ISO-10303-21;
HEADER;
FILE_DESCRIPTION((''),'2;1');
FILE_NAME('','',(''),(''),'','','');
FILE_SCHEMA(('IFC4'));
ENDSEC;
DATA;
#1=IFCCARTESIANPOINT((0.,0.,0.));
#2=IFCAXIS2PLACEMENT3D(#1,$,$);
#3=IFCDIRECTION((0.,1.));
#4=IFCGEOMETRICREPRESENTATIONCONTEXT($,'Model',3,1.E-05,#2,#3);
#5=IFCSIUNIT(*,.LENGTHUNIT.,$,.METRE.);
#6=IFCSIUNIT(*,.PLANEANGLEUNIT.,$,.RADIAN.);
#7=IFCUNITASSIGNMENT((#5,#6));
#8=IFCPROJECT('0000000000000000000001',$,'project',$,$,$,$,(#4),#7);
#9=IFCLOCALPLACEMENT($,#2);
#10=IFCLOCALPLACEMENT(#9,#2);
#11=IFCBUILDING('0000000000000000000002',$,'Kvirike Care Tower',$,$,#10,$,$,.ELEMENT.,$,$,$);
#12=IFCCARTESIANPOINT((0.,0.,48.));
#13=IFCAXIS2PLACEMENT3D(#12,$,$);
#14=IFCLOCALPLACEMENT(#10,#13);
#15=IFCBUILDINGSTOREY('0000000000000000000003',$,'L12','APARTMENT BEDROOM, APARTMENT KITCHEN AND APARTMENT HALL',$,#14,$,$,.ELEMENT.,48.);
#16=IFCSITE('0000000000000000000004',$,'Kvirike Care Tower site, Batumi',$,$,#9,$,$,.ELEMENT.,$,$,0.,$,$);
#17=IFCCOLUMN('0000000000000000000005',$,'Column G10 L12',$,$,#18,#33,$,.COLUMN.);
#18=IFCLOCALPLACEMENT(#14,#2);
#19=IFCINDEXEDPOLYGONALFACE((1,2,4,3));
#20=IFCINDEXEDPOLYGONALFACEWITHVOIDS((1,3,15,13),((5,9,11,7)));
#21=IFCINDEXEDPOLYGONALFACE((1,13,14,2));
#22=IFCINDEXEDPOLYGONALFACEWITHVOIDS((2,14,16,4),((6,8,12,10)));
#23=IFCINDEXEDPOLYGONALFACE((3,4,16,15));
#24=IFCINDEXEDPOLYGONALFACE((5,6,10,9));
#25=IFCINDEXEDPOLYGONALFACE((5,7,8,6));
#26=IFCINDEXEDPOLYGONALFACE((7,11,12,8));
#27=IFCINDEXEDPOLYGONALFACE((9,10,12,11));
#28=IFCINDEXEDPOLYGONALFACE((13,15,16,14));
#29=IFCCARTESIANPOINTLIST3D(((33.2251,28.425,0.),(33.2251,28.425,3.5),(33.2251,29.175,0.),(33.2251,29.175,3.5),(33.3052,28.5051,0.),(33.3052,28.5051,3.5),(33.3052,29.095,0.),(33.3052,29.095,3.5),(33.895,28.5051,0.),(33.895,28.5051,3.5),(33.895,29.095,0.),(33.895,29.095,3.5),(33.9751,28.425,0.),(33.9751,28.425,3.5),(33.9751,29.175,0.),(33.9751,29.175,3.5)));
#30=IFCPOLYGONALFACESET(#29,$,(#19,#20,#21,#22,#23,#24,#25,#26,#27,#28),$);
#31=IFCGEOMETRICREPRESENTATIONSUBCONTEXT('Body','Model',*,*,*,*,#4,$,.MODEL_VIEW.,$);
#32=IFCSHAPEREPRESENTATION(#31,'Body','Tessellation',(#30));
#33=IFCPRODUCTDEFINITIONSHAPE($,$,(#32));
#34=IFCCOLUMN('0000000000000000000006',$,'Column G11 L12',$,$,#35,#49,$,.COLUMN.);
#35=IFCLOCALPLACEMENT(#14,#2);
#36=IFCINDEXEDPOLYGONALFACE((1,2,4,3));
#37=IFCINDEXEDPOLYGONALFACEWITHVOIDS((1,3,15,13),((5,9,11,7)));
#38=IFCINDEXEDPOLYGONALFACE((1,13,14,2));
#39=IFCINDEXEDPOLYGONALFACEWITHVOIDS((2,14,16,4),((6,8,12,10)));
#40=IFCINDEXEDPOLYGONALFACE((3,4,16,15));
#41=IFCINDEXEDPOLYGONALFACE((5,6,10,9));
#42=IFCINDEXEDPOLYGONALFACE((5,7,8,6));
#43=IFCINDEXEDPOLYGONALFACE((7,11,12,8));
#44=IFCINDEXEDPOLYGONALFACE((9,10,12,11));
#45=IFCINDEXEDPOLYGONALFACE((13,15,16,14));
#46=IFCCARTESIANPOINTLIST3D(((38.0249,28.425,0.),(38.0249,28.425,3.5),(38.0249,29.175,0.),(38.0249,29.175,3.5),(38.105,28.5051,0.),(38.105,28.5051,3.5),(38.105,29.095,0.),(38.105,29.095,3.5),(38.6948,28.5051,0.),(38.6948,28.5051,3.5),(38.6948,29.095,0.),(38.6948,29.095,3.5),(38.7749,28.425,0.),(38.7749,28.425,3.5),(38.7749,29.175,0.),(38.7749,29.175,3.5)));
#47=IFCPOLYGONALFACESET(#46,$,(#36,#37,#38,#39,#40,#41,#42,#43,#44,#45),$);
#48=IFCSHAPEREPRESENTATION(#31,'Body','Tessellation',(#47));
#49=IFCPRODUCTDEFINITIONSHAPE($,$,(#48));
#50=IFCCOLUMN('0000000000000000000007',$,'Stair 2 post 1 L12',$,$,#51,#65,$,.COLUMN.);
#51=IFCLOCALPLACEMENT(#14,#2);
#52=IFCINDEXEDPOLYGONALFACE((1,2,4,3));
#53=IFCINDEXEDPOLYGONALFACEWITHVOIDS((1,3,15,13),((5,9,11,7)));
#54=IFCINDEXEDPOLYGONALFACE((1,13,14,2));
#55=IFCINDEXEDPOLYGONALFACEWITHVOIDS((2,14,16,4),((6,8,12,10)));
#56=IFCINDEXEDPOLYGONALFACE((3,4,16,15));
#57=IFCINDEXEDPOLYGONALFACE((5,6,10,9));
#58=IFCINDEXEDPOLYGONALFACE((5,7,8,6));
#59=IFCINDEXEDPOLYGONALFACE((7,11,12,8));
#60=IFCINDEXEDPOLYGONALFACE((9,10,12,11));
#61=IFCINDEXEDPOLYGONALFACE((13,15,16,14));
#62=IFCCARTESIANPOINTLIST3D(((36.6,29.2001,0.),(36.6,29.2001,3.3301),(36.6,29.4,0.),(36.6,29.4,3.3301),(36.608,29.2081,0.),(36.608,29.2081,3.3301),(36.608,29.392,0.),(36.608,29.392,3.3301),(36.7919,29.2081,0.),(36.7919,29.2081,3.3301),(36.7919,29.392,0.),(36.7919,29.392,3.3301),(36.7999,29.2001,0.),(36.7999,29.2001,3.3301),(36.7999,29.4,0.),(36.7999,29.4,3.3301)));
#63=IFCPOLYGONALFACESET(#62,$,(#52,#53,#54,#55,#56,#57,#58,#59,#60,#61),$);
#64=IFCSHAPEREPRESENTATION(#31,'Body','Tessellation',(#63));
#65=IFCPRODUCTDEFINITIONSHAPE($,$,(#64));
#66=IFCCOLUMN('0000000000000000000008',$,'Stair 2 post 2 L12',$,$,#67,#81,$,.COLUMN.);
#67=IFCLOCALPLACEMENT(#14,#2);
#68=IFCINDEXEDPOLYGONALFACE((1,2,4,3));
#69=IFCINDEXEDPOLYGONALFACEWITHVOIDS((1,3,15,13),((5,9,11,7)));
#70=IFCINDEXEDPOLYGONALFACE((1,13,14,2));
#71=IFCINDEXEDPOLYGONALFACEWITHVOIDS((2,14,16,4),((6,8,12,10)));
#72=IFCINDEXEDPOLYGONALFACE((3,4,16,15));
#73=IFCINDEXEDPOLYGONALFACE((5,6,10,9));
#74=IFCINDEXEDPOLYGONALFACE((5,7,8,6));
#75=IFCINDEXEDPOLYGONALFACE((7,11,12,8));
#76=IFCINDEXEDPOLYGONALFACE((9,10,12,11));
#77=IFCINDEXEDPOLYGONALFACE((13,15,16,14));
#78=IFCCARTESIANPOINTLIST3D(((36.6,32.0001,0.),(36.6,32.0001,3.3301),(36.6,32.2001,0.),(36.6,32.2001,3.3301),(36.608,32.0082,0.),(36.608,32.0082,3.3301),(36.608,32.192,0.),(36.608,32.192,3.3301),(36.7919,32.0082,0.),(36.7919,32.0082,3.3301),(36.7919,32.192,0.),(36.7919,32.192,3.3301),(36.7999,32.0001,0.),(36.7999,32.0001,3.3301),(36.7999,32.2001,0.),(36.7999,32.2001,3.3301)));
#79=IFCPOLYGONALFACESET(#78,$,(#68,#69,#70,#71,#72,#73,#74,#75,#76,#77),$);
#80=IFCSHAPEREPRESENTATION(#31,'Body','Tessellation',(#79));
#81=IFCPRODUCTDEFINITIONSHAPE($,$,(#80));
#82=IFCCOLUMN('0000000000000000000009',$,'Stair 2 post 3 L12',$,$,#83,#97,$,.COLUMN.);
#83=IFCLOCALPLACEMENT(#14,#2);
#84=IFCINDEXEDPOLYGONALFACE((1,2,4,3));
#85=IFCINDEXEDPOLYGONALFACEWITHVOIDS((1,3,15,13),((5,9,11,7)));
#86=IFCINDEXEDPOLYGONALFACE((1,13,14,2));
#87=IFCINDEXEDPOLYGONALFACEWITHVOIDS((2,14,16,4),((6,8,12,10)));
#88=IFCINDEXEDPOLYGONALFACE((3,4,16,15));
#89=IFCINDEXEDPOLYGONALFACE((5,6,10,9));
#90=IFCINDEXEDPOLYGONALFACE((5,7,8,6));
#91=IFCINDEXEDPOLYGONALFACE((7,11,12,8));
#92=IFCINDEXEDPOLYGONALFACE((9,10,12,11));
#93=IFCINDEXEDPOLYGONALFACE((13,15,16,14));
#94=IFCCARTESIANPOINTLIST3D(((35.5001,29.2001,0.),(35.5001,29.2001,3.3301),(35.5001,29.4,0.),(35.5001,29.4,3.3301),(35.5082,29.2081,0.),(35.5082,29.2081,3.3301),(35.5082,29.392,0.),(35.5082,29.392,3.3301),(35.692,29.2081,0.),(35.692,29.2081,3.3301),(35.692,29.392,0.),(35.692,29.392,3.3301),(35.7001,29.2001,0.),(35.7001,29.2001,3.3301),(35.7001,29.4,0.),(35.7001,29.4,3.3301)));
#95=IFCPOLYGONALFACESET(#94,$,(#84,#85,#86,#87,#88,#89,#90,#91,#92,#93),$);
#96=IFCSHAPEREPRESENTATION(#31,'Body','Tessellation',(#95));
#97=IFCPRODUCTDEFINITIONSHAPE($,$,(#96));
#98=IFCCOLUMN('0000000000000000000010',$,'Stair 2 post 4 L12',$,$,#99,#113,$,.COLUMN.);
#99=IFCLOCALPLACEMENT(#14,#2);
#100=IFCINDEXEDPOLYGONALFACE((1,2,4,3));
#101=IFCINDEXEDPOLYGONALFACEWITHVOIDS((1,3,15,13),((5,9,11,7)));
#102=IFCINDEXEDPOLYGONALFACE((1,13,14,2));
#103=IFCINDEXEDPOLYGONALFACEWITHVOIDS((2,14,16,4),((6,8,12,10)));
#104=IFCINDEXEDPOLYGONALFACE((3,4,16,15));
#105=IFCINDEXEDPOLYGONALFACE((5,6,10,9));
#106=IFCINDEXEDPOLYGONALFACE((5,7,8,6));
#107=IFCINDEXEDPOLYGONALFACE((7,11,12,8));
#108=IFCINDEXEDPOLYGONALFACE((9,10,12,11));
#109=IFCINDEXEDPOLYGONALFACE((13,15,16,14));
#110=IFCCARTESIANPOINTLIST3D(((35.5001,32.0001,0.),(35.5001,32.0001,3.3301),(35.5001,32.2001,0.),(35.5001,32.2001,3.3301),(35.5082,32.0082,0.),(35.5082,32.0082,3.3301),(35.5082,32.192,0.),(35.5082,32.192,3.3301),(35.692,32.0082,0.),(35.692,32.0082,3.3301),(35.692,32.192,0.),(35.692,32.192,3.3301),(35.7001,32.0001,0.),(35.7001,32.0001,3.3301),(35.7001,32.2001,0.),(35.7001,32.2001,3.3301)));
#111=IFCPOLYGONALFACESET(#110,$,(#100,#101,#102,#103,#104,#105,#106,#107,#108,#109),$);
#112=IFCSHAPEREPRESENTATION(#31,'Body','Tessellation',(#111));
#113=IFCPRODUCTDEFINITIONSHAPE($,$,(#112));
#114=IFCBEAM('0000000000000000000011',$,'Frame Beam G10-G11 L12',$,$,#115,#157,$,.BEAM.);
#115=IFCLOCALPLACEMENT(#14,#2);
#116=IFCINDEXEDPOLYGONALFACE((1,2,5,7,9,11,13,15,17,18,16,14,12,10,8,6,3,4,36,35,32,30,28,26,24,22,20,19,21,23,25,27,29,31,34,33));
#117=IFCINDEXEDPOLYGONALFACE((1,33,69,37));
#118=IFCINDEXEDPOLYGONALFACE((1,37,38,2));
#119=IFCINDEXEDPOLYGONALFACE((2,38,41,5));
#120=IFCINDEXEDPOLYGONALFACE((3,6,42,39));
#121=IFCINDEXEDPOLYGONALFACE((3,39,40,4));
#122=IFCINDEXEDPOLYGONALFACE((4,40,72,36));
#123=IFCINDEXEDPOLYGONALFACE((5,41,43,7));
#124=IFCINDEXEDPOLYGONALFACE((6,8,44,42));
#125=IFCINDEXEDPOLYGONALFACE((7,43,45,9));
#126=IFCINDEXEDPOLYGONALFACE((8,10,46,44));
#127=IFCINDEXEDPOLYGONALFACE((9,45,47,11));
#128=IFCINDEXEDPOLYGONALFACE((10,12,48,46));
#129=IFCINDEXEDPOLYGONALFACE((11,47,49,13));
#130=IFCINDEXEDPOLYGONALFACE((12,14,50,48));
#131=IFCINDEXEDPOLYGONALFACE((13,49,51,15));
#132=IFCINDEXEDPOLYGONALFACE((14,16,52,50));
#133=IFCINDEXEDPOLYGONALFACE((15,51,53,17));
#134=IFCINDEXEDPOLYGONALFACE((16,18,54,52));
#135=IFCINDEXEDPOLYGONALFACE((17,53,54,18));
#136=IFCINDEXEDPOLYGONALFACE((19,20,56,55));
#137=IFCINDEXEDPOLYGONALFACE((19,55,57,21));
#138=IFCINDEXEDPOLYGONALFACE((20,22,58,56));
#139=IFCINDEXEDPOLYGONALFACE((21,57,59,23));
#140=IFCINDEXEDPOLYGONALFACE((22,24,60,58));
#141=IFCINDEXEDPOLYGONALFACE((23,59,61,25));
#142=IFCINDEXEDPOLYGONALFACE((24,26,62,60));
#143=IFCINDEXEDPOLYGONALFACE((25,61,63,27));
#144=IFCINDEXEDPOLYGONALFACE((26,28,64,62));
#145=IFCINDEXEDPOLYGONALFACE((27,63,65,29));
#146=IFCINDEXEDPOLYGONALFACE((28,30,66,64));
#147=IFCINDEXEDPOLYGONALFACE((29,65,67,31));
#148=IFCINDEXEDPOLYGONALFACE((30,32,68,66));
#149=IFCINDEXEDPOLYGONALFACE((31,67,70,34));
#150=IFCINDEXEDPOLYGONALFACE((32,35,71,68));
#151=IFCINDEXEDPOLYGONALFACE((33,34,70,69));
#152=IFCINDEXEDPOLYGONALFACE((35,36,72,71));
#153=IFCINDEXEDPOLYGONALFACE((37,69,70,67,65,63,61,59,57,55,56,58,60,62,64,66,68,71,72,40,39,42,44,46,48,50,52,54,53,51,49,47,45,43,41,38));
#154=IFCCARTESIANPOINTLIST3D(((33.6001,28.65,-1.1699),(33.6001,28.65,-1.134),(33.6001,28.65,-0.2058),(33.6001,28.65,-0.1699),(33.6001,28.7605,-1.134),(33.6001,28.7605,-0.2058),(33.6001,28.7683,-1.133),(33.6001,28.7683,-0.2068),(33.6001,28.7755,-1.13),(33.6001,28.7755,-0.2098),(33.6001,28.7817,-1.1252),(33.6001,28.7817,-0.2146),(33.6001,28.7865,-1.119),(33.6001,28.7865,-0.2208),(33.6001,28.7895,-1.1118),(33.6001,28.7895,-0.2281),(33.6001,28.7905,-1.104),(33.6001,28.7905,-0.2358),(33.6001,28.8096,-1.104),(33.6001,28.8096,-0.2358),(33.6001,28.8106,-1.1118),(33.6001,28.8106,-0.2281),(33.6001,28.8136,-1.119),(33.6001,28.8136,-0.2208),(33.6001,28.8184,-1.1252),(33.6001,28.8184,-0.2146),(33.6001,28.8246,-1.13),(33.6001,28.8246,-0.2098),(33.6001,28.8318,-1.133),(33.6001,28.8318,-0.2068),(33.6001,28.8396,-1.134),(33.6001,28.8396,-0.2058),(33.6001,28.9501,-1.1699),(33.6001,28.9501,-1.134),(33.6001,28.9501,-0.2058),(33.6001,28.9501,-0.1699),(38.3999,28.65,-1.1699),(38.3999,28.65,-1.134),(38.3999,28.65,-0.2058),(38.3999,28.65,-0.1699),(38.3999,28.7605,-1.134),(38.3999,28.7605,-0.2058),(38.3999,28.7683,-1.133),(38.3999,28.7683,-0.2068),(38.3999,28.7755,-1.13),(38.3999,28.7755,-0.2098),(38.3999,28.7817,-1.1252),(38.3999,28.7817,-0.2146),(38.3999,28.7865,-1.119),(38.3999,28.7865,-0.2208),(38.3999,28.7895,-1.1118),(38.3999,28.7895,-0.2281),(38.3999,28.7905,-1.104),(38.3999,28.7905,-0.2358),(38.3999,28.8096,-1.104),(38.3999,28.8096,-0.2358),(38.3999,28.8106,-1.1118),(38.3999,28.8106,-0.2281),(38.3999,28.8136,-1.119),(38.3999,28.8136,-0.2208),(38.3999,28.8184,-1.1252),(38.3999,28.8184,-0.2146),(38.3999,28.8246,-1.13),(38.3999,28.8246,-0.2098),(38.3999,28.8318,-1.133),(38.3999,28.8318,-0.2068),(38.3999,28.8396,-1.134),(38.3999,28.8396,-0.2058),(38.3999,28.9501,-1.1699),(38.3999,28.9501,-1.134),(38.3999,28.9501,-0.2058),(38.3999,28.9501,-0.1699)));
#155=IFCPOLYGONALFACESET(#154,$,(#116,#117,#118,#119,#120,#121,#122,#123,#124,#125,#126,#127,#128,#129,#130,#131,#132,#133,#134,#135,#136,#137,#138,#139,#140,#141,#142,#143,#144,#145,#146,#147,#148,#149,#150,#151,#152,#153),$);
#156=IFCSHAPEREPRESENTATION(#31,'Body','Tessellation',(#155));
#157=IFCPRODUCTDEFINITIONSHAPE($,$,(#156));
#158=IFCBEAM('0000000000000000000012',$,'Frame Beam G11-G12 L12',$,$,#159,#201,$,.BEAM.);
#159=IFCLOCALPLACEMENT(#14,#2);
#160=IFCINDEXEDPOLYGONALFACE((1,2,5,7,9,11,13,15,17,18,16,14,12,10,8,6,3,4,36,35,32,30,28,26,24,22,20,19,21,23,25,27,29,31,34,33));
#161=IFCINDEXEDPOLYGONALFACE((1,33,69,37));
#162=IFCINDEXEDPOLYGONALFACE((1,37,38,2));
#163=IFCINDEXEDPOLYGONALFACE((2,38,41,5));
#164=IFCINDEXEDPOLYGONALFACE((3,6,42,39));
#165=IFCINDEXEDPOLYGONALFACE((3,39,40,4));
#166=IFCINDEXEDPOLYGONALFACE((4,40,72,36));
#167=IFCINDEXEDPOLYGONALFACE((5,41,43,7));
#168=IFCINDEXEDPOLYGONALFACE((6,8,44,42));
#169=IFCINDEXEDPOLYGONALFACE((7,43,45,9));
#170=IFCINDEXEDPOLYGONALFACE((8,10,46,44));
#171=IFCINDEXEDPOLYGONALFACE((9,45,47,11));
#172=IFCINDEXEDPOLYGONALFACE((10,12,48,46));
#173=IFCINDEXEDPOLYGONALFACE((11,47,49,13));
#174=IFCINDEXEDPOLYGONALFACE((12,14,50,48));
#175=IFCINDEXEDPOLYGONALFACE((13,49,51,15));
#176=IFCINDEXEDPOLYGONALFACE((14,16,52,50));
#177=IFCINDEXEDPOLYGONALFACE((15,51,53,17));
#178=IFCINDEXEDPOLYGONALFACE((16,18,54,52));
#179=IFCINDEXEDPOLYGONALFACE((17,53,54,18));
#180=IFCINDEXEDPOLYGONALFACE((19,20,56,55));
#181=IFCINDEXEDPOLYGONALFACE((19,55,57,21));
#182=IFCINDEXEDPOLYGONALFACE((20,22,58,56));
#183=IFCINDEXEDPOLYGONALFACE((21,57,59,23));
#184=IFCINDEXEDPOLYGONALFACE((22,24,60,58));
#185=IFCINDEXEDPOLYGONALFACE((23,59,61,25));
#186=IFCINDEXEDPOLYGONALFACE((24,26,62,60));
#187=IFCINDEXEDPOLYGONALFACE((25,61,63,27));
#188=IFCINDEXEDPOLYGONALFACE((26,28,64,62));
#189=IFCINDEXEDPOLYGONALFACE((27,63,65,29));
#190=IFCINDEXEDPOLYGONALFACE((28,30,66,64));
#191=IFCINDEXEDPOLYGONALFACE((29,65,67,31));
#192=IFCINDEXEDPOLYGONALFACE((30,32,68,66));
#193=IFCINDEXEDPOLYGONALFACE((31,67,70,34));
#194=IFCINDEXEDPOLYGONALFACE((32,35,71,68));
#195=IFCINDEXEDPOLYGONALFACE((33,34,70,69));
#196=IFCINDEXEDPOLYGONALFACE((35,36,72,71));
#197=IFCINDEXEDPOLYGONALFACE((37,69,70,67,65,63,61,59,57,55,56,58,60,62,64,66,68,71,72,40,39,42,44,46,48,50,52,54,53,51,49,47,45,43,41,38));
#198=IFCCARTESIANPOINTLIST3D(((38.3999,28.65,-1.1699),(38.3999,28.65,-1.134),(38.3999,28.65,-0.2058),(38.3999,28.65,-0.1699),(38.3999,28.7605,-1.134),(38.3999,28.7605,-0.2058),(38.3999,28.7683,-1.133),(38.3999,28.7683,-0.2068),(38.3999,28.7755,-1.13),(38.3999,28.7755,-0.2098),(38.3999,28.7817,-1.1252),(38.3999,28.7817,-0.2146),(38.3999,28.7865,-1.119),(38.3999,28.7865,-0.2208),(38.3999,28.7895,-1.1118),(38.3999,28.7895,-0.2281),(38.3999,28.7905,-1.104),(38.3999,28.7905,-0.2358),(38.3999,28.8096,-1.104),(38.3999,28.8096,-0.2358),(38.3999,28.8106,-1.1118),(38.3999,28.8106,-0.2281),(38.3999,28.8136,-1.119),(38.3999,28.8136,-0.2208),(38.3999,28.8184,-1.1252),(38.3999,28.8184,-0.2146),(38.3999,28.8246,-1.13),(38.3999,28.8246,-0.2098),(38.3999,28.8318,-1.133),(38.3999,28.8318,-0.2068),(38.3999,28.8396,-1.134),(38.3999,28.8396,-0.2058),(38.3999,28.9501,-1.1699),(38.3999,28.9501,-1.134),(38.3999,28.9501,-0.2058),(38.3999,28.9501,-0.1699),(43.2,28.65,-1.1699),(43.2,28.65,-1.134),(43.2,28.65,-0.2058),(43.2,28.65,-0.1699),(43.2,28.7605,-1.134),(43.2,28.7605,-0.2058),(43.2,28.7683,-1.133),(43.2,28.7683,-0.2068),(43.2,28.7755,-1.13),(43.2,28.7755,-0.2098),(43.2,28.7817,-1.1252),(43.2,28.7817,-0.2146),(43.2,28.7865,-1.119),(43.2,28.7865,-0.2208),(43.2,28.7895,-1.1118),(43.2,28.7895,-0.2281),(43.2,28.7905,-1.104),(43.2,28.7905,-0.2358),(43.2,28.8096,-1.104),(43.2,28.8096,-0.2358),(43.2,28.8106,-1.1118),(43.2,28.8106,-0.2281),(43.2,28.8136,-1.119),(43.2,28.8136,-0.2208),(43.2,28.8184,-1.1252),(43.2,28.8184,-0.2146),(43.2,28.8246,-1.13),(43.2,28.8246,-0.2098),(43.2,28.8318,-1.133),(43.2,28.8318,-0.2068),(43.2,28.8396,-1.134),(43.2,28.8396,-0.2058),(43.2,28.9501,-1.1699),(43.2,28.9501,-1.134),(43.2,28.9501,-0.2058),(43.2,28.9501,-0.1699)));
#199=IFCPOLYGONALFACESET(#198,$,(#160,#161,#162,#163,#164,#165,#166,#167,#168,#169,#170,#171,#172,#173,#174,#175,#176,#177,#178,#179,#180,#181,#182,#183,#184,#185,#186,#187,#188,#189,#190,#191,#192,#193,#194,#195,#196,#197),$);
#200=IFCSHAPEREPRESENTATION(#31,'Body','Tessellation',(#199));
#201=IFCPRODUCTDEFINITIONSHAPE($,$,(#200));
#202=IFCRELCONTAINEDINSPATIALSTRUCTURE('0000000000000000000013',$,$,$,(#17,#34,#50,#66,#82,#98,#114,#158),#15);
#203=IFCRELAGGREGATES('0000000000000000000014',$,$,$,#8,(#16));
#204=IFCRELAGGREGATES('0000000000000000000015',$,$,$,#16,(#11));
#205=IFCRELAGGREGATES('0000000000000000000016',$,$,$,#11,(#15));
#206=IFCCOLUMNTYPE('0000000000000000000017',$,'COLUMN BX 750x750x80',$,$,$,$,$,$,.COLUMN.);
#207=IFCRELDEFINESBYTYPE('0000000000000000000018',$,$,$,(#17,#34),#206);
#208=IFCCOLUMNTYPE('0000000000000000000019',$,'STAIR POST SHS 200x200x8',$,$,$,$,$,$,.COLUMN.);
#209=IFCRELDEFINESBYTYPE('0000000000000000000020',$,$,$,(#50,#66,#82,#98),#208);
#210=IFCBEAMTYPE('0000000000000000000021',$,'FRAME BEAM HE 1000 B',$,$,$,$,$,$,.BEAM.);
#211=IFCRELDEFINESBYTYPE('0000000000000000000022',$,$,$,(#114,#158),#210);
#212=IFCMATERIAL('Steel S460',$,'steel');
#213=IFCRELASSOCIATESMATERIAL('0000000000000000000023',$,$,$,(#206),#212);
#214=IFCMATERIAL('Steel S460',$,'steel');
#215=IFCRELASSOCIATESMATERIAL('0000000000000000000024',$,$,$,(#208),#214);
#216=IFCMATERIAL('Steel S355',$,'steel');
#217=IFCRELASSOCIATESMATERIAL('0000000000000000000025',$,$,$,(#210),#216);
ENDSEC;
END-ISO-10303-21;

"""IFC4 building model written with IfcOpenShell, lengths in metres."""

from ifc_helpers import new_model, si_unit, direction, frame, origin, origin_2d, place, context, subcontext, project, spatial, hollow_rectangle, i_section, extrude, material, material_profile, profile_set, type_object, element, save


model = new_model("IFC4")

# Units and contexts
model_context = context("Model", 3, precision=1e-05, world=origin(), true_north=direction((0.0, 1.0)))
body_context = subcontext(model_context, "Body", "Model", "MODEL_VIEW")
ifc_project = project(units=[si_unit("LENGTHUNIT", "METRE"), si_unit("PLANEANGLEUNIT", "RADIAN")], contexts=[model_context])

# Site, building, storey
site_placement = place(None, origin())
site = spatial("IfcSite", under=ifc_project, at=site_placement, Name="Kvirike Care Tower site, Batumi", CompositionType="ELEMENT", RefElevation=0.0)
building_placement = place(site_placement, origin())
building = spatial("IfcBuilding", under=site, at=building_placement, Name="Kvirike Care Tower", CompositionType="ELEMENT")
storey_placement = place(building_placement, frame((0.0, 0.0, 48.0)))
storey = spatial("IfcBuildingStorey", under=building, at=storey_placement, Name="L12", Description="APARTMENT BEDROOM, APARTMENT KITCHEN AND APARTMENT HALL", CompositionType="ELEMENT", Elevation=48.0)

# Columns
ifc_material_1 = material(Name="Steel S460", Category="steel")
ifc_material_profile_1 = material_profile(ifc_material_1, hollow_rectangle(XDim=0.75, YDim=0.75, WallThickness=0.0801, at=origin_2d()), Name="BX 750x750x80")
ifc_profile_set_1 = profile_set([ifc_material_profile_1], Name="Steel S460")
column_type_1 = type_object("IfcColumnType", Name="COLUMN BX 750x750x80", PredefinedType="COLUMN", material=ifc_profile_set_1)
for number, where, z_axis, x_axis, name in (
    (1, (33.6001, 28.8, 0.0), (0.0, 0.0, 1.0), (0.0, 1.0, 0.0), "Column G10 L12"),
    (2, (38.3999, 28.8, 0.0), (0.0, 0.0, 1.0), (0.0, 1.0, 0.0), "Column G11 L12"),
):
    element("IfcColumn", number, at=place(storey_placement, frame(where, z_axis=z_axis, x_axis=x_axis)), inside=storey, type_object=column_type_1, Name=name, PredefinedType="COLUMN", context=body_context, shape_type="SweptSolid", body=[
        extrude(hollow_rectangle(XDim=0.75, YDim=0.75, WallThickness=0.0801, at=origin_2d()), origin(), (0.0, 0.0, 1.0), 3.5),
    ])
ifc_material_2 = material(Name="Steel S460", Category="steel")
ifc_material_profile_2 = material_profile(ifc_material_2, hollow_rectangle(XDim=0.2, YDim=0.2, WallThickness=0.0081, at=origin_2d()), Name="SHS 200x200x8")
ifc_profile_set_2 = profile_set([ifc_material_profile_2], Name="Steel S460")
column_type_2 = type_object("IfcColumnType", Name="STAIR POST SHS 200x200x8", PredefinedType="COLUMN", material=ifc_profile_set_2)
for number, where, z_axis, x_axis, name in (
    (3, (36.7, 29.3, 0.0), (0.0, 0.0, 1.0), (1.0, 0.0, 0.0), "Stair 2 post 1 L12"),
    (4, (36.7, 32.1001, 0.0), (0.0, 0.0, 1.0), (1.0, 0.0, 0.0), "Stair 2 post 2 L12"),
    (5, (35.6001, 29.3, 0.0), (0.0, 0.0, 1.0), (1.0, 0.0, 0.0), "Stair 2 post 3 L12"),
    (6, (35.6001, 32.1001, 0.0), (0.0, 0.0, 1.0), (1.0, 0.0, 0.0), "Stair 2 post 4 L12"),
):
    element("IfcColumn", number, at=place(storey_placement, frame(where, z_axis=z_axis, x_axis=x_axis)), inside=storey, type_object=column_type_2, Name=name, PredefinedType="COLUMN", context=body_context, shape_type="SweptSolid", body=[
        extrude(hollow_rectangle(XDim=0.2, YDim=0.2, WallThickness=0.0081, at=origin_2d()), origin(), (0.0, 0.0, 1.0), 3.3301),
    ])

# Beams
ifc_material_3 = material(Name="Steel S355", Category="steel")
ifc_material_profile_3 = material_profile(ifc_material_3, i_section(OverallWidth=0.3, OverallDepth=1.0, WebThickness=0.019, FlangeThickness=0.0359, FilletRadius=0.03, at=origin_2d()), Name="HE 1000 B")
ifc_profile_set_3 = profile_set([ifc_material_profile_3], Name="Steel S355")
beam_type_1 = type_object("IfcBeamType", Name="FRAME BEAM HE 1000 B", PredefinedType="BEAM", material=ifc_profile_set_3)
beam_1_placement = place(storey_placement, frame((33.6001, 28.8, -0.6699), z_axis=(1.0, 0.0, 0.0), x_axis=(0.0, 1.0, 0.0)))
element("IfcBeam", 7, at=beam_1_placement, inside=storey, type_object=beam_type_1, Name="Frame Beam G10-G11 L12", PredefinedType="BEAM", context=body_context, shape_type="SweptSolid", body=[
    extrude(i_section(OverallWidth=0.3, OverallDepth=1.0, WebThickness=0.019, FlangeThickness=0.0359, FilletRadius=0.03, at=origin_2d()), origin(), (0.0, 0.0, 1.0), 4.7998),
])
beam_2_placement = place(storey_placement, frame((38.3999, 28.8, -0.6699), z_axis=(1.0, 0.0, 0.0), x_axis=(0.0, 1.0, 0.0)))
element("IfcBeam", 8, at=beam_2_placement, inside=storey, type_object=beam_type_1, Name="Frame Beam G11-G12 L12", PredefinedType="BEAM", context=body_context, shape_type="SweptSolid", body=[
    extrude(i_section(OverallWidth=0.3, OverallDepth=1.0, WebThickness=0.019, FlangeThickness=0.0359, FilletRadius=0.03, at=origin_2d()), origin(), (0.0, 0.0, 1.0), 4.8),
])

save(model, "model.ifc")
